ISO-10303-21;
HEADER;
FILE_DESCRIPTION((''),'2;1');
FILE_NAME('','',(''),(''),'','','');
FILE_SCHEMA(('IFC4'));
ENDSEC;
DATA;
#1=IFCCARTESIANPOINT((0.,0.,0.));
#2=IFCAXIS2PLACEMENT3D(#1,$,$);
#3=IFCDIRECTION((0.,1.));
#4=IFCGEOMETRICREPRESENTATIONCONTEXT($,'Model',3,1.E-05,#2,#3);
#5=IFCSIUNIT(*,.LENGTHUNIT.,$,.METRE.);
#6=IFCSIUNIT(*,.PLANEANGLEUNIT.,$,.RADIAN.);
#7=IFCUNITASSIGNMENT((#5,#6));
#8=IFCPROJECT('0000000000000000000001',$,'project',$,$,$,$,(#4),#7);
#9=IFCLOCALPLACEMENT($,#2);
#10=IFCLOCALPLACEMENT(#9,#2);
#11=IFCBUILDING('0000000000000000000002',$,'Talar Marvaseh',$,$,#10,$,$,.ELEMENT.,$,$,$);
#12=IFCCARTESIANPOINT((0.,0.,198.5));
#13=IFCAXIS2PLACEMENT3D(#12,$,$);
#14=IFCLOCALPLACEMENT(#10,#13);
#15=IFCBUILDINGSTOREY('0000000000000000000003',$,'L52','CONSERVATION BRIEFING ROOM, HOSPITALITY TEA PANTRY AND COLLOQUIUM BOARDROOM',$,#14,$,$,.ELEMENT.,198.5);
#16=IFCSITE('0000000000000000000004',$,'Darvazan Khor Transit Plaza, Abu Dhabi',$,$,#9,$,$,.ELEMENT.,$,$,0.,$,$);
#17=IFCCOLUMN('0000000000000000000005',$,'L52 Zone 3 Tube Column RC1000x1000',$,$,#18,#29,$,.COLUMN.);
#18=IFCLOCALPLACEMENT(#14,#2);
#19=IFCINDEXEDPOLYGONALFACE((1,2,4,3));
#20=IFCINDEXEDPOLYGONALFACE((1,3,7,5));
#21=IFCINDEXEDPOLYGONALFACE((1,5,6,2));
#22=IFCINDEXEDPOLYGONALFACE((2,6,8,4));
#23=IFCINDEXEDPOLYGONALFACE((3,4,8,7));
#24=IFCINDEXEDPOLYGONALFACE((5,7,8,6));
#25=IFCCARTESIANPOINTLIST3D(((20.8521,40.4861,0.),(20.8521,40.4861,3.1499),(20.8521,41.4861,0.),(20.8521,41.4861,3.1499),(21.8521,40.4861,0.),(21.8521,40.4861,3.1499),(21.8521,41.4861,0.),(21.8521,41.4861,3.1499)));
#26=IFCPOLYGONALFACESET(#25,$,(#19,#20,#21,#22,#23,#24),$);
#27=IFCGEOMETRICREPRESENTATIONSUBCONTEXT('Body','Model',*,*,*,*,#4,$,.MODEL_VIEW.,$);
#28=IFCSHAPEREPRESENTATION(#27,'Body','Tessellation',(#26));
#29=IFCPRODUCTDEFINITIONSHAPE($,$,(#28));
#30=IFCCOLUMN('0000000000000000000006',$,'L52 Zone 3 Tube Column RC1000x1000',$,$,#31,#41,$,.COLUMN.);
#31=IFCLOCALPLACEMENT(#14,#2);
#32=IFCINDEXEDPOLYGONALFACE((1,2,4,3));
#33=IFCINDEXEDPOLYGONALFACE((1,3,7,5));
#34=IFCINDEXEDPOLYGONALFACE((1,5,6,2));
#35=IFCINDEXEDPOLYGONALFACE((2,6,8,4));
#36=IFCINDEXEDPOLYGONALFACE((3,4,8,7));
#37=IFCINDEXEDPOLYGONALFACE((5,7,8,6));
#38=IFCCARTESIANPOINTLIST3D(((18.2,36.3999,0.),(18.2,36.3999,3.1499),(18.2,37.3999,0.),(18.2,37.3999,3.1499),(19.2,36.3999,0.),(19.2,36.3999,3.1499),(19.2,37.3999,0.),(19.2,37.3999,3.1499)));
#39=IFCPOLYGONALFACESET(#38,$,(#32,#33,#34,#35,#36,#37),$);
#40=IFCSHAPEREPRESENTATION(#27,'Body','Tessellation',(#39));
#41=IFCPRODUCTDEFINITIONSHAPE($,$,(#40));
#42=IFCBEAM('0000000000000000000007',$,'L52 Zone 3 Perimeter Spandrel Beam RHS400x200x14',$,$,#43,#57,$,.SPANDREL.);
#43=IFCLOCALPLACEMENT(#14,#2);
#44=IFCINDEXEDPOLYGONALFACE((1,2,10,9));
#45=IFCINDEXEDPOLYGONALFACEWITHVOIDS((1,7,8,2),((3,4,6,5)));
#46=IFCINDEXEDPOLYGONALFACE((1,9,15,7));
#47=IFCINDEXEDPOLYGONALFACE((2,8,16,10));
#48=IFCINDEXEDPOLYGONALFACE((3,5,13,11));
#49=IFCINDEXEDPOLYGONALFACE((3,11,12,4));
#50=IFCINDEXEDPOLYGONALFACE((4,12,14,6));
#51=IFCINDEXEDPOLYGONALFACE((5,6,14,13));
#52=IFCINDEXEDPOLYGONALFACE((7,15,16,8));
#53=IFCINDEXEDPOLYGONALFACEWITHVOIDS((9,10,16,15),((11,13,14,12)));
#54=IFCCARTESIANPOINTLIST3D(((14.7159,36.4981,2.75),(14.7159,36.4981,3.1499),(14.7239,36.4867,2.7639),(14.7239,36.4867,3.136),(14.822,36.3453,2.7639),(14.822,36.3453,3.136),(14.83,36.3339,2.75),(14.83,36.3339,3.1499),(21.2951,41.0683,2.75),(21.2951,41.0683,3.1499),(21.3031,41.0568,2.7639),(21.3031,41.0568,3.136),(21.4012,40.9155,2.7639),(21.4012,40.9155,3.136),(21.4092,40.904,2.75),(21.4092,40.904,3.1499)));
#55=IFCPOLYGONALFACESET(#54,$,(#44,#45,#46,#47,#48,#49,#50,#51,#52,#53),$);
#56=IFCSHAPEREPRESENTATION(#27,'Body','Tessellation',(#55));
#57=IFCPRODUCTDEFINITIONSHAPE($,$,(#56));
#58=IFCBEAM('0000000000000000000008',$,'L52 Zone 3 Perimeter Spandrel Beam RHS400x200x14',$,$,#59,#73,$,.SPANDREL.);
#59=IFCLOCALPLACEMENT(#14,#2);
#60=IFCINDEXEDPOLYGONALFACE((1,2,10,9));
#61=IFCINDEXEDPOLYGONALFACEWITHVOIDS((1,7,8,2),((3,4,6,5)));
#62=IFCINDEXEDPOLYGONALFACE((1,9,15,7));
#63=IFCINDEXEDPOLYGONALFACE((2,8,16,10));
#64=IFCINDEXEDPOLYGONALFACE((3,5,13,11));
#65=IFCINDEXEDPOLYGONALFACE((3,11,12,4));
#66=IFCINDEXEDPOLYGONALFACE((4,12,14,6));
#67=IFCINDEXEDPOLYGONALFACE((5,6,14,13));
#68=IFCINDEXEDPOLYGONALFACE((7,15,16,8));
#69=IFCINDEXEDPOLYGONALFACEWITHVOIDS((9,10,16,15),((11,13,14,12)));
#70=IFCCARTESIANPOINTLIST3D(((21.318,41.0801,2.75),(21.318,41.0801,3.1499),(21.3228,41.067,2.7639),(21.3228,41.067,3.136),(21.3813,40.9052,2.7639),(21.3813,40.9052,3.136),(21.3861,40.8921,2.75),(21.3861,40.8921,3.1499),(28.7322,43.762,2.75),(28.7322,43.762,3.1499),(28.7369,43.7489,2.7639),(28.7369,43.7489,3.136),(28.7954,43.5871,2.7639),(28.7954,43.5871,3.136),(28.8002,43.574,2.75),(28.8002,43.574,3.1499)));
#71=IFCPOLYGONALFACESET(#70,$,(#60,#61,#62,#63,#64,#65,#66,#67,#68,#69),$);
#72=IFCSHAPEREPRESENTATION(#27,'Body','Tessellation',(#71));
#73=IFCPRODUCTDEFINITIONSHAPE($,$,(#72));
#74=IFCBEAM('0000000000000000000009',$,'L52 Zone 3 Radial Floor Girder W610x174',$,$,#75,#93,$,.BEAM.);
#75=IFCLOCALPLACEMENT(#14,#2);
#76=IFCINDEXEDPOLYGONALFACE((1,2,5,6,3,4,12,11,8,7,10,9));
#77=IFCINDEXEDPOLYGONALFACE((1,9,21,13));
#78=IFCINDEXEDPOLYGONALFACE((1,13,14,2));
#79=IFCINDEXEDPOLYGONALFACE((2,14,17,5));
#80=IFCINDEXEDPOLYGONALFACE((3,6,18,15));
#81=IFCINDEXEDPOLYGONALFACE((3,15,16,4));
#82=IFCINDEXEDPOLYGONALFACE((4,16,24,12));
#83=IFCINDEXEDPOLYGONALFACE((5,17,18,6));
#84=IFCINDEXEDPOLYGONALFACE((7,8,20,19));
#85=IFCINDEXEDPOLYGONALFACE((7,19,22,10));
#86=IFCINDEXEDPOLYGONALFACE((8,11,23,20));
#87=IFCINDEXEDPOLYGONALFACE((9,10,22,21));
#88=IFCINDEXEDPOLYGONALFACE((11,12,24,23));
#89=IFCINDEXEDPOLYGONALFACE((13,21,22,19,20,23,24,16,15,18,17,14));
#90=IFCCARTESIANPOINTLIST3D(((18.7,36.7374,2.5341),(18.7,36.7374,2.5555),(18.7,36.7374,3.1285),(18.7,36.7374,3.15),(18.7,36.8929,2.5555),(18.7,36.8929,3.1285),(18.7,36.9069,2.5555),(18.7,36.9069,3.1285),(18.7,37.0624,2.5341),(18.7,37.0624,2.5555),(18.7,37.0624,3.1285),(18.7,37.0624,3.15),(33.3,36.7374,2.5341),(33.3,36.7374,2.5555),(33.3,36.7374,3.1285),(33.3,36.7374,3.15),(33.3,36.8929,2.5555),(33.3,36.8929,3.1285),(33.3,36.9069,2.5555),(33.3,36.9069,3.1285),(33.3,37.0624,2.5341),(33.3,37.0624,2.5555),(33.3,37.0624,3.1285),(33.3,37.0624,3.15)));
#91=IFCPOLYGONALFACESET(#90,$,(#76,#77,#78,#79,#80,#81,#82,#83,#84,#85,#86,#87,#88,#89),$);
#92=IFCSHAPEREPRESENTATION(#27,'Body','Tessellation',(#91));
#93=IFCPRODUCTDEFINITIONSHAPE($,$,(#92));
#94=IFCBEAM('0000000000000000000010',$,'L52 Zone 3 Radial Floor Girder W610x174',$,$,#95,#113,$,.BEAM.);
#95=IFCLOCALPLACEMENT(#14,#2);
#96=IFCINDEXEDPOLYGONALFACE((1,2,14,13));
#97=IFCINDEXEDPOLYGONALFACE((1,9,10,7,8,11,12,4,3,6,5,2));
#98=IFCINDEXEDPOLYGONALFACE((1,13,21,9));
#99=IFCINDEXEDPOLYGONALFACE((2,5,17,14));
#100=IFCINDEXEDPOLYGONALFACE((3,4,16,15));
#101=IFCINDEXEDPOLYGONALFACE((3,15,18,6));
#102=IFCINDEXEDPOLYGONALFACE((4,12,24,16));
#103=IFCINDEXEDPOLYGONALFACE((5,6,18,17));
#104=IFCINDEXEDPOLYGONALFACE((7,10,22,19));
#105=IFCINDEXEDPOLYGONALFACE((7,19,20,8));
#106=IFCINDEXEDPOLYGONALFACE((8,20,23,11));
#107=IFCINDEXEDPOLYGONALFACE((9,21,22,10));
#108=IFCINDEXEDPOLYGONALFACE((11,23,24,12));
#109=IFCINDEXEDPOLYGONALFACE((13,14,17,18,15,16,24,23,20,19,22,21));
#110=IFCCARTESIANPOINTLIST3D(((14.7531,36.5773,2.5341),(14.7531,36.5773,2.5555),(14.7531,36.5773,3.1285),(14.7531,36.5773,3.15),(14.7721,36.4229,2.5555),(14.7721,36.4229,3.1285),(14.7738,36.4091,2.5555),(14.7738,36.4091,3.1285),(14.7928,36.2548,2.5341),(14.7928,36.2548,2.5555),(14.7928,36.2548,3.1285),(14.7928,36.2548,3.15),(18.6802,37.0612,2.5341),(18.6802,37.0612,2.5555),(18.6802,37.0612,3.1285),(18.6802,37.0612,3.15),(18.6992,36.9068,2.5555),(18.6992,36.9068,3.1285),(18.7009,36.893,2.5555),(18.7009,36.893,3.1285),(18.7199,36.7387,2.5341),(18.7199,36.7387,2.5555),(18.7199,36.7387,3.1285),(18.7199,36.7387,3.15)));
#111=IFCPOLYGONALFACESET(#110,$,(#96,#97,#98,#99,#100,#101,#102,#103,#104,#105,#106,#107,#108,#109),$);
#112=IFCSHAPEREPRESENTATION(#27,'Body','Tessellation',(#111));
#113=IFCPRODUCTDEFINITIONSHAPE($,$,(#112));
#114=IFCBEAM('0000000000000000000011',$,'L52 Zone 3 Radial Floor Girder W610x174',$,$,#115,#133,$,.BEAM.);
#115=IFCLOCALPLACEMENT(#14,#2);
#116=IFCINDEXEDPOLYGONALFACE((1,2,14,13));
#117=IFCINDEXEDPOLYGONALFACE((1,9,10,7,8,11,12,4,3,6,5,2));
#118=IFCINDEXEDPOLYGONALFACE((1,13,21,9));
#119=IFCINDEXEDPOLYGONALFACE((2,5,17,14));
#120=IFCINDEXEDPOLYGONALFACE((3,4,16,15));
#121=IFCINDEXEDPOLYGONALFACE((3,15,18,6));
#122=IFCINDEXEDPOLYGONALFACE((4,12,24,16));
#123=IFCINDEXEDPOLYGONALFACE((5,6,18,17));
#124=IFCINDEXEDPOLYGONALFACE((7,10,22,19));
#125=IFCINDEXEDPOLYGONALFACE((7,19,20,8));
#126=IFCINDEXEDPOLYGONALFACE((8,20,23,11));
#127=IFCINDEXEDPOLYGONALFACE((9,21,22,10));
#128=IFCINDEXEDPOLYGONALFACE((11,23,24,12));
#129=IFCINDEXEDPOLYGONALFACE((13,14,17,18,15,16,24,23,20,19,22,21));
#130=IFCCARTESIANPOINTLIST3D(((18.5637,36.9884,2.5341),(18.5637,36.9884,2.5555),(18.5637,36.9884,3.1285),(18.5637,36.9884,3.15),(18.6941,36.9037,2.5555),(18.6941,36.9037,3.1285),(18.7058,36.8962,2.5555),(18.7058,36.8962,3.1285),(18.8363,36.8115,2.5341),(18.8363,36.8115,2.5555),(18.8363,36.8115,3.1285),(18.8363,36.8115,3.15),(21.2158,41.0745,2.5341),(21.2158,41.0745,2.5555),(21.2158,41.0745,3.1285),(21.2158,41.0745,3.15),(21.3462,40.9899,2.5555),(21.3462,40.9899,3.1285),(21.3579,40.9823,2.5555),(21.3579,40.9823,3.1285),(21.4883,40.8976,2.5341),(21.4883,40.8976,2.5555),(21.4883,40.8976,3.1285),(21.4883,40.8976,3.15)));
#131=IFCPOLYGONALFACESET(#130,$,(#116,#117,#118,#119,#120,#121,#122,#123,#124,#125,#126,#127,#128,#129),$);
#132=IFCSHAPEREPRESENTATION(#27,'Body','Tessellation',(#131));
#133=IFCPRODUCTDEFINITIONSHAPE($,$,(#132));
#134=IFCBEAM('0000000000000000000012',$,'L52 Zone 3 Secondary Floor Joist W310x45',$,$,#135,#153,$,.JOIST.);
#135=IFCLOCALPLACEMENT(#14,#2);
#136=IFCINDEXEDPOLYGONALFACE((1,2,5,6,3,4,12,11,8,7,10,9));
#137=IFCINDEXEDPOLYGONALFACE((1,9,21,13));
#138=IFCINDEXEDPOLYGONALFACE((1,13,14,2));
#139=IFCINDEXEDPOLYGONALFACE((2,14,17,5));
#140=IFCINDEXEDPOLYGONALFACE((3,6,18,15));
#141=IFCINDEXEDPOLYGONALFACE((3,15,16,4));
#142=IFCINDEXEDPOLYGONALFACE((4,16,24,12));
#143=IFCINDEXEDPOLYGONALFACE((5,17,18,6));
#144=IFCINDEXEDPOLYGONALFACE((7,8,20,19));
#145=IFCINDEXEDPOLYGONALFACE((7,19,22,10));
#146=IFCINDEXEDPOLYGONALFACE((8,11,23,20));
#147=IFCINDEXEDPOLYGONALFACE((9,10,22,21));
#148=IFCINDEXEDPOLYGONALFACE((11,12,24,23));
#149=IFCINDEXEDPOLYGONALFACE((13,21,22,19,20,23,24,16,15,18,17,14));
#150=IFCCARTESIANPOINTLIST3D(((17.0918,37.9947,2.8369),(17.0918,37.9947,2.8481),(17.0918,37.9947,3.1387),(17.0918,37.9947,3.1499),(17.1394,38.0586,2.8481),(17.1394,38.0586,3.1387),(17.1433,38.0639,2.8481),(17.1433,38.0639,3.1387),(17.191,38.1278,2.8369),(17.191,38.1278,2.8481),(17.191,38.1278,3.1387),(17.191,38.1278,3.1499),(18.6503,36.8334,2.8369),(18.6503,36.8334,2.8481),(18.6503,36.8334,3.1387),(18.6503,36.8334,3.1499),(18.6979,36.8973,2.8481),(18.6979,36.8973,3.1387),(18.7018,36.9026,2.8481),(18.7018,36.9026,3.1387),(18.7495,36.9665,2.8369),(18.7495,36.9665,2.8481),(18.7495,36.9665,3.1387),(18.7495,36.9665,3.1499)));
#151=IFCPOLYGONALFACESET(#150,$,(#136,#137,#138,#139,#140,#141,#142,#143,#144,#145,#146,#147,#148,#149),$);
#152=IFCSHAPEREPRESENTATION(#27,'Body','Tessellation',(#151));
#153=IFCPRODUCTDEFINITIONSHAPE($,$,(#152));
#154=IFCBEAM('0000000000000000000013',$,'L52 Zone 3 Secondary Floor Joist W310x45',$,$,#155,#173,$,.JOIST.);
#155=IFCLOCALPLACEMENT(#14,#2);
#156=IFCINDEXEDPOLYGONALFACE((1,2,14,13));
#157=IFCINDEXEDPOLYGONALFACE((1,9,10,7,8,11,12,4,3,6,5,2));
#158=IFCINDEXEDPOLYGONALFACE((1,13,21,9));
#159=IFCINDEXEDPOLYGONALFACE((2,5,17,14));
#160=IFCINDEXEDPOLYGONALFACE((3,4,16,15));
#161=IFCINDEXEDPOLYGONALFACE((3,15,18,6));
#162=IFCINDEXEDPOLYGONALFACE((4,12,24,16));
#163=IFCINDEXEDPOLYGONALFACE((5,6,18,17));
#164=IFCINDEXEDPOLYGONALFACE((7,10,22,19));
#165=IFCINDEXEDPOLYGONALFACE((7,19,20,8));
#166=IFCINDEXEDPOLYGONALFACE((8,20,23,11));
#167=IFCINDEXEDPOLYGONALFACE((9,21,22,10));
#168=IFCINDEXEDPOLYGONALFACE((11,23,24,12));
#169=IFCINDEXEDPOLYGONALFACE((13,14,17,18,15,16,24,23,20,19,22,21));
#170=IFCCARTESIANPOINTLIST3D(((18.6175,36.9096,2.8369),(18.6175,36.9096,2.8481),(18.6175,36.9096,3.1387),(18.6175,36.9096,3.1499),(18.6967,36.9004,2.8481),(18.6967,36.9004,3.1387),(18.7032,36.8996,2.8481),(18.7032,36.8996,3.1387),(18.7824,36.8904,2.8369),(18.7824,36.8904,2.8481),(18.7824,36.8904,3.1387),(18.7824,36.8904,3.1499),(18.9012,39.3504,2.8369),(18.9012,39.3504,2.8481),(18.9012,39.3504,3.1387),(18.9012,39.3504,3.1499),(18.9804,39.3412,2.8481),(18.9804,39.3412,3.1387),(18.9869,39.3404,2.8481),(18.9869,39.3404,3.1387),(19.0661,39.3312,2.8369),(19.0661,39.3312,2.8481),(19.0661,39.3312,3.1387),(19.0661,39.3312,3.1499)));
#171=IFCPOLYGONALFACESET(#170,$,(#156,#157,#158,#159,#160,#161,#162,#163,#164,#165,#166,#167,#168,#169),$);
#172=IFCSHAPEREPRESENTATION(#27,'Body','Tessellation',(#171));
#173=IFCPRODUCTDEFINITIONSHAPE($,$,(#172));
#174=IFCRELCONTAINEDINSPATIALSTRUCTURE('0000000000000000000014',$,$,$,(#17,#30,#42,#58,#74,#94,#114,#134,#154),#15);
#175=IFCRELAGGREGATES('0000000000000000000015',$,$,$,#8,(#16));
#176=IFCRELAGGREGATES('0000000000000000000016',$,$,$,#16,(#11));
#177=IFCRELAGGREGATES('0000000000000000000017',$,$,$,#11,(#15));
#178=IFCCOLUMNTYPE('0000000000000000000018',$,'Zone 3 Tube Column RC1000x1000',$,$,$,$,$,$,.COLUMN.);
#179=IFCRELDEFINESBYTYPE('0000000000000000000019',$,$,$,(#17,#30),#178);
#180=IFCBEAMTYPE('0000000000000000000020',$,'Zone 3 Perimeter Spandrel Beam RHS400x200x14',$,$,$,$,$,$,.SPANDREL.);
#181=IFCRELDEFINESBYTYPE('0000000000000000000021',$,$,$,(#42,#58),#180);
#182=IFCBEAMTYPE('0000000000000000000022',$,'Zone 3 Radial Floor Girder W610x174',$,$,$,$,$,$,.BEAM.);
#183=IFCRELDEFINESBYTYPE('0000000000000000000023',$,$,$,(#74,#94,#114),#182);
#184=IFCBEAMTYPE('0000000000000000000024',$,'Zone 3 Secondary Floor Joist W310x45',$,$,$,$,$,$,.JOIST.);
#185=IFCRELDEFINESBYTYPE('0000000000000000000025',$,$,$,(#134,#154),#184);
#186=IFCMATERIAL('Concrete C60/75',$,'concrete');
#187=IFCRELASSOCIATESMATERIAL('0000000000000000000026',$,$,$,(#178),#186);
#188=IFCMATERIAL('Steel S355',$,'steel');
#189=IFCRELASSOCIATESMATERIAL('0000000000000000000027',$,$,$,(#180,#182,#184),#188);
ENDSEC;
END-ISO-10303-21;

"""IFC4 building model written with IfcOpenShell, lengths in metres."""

from ifc_helpers import new_model, si_unit, direction, frame, origin, origin_2d, place, context, subcontext, project, spatial, rectangle, hollow_rectangle, i_section, extrude, material, material_profile, profile_set, type_object, element, save


model = new_model("IFC4")

# Units and contexts
model_context = context("Model", 3, precision=1e-05, world=origin(), true_north=direction((0.0, 1.0)))
body_context = subcontext(model_context, "Body", "Model", "MODEL_VIEW")
ifc_project = project(units=[si_unit("LENGTHUNIT", "METRE"), si_unit("PLANEANGLEUNIT", "RADIAN")], contexts=[model_context])

# Site, building, storey
site_placement = place(None, origin())
site = spatial("IfcSite", under=ifc_project, at=site_placement, Name="Darvazan Khor Transit Plaza, Abu Dhabi", CompositionType="ELEMENT", RefElevation=0.0)
building_placement = place(site_placement, origin())
building = spatial("IfcBuilding", under=site, at=building_placement, Name="Talar Marvaseh", CompositionType="ELEMENT")
storey_placement = place(building_placement, frame((0.0, 0.0, 198.5)))
storey = spatial("IfcBuildingStorey", under=building, at=storey_placement, Name="L52", Description="CONSERVATION BRIEFING ROOM, HOSPITALITY TEA PANTRY AND COLLOQUIUM BOARDROOM", CompositionType="ELEMENT", Elevation=198.5)

# Columns
ifc_material_1 = material(Name="Concrete C60/75", Category="concrete")
ifc_material_profile_1 = material_profile(ifc_material_1, rectangle(XDim=1.0, YDim=1.0, at=origin_2d()), Name="RC1000x1000")
ifc_profile_set_1 = profile_set([ifc_material_profile_1], Name="Concrete C60/75")
column_type = type_object("IfcColumnType", Name="Zone 3 Tube Column RC1000x1000", PredefinedType="COLUMN", material=ifc_profile_set_1)
for number, where, z_axis, x_axis, name in (
    (1, (21.3521, 40.9861, 0.0), (0.0, 0.0, 1.0), (1.0, 0.0, 0.0), "L52 Zone 3 Tube Column RC1000x1000"),
    (2, (18.7, 36.8999, 0.0), (0.0, 0.0, 1.0), (1.0, 0.0, 0.0), "L52 Zone 3 Tube Column RC1000x1000"),
):
    element("IfcColumn", number, at=place(storey_placement, frame(where, z_axis=z_axis, x_axis=x_axis)), inside=storey, type_object=column_type, Name=name, PredefinedType="COLUMN", context=body_context, shape_type="SweptSolid", body=[
        extrude(rectangle(XDim=1.0, YDim=1.0, at=origin_2d()), origin(), (0.0, 0.0, 1.0), 3.1499),
    ])

# Beams
ifc_material_2 = material(Name="Steel S355", Category="steel")
ifc_material_profile_2 = material_profile(ifc_material_2, hollow_rectangle(XDim=0.2, YDim=0.3999, WallThickness=0.0139, at=origin_2d()), Name="RHS400x200x14")
ifc_profile_set_2 = profile_set([ifc_material_profile_2], Name="Steel S355")
beam_type_1 = type_object("IfcBeamType", Name="Zone 3 Perimeter Spandrel Beam RHS400x200x14", PredefinedType="SPANDREL", material=ifc_profile_set_2)
beam_1_placement = place(storey_placement, frame((14.7729, 36.416, 2.95), z_axis=(0.821297, 0.570501, 0.0), x_axis=(-0.570501, 0.821297, 0.0)))
element("IfcBeam", 3, at=beam_1_placement, inside=storey, type_object=beam_type_1, Name="L52 Zone 3 Perimeter Spandrel Beam RHS400x200x14", PredefinedType="SPANDREL", context=body_context, shape_type="SweptSolid", body=[
    extrude(hollow_rectangle(XDim=0.2, YDim=0.3999, WallThickness=0.0139, at=origin_2d()), origin(), (0.0, 0.0, 1.0), 8.0107),
])
beam_2_placement = place(storey_placement, frame((21.3521, 40.9861, 2.95), z_axis=(0.940368, 0.340159, 0.0), x_axis=(-0.340159, 0.940368, 0.0)))
element("IfcBeam", 4, at=beam_2_placement, inside=storey, type_object=beam_type_1, Name="L52 Zone 3 Perimeter Spandrel Beam RHS400x200x14", PredefinedType="SPANDREL", context=body_context, shape_type="SweptSolid", body=[
    extrude(hollow_rectangle(XDim=0.2, YDim=0.3999, WallThickness=0.0139, at=origin_2d()), origin(), (0.0, 0.0, 1.0), 7.8843),
])
ifc_material_profile_3 = material_profile(ifc_material_2, i_section(OverallWidth=0.325, OverallDepth=0.616, WebThickness=0.0139, FlangeThickness=0.0215, at=origin_2d()), Name="W610x174")
ifc_profile_set_3 = profile_set([ifc_material_profile_3], Name="Steel S355")
beam_type_2 = type_object("IfcBeamType", Name="Zone 3 Radial Floor Girder W610x174", PredefinedType="BEAM", material=ifc_profile_set_3)
beam_3_placement = place(storey_placement, frame((18.7, 36.8999, 2.842), z_axis=(1.0, 0.0, 0.0), x_axis=(0.0, 1.0, 0.0)))
element("IfcBeam", 5, at=beam_3_placement, inside=storey, type_object=beam_type_2, Name="L52 Zone 3 Radial Floor Girder W610x174", PredefinedType="BEAM", context=body_context, shape_type="SweptSolid", body=[
    extrude(i_section(OverallWidth=0.325, OverallDepth=0.616, WebThickness=0.0139, FlangeThickness=0.0215, at=origin_2d()), origin(), (0.0, 0.0, 1.0), 14.6001),
])
beam_4_placement = place(storey_placement, frame((14.7729, 36.416, 2.842), z_axis=(0.992494, 0.122295, 0.0), x_axis=(-0.122295, 0.992494, 0.0)))
element("IfcBeam", 6, at=beam_4_placement, inside=storey, type_object=beam_type_2, Name="L52 Zone 3 Radial Floor Girder W610x174", PredefinedType="BEAM", context=body_context, shape_type="SweptSolid", body=[
    extrude(i_section(OverallWidth=0.325, OverallDepth=0.616, WebThickness=0.0139, FlangeThickness=0.0215, at=origin_2d()), origin(), (0.0, 0.0, 1.0), 3.9568),
])
beam_5_placement = place(storey_placement, frame((21.3521, 40.9861, 2.842), z_axis=(-0.544423, -0.838811, 0.0), x_axis=(0.838811, -0.544423, 0.0)))
element("IfcBeam", 7, at=beam_5_placement, inside=storey, type_object=beam_type_2, Name="L52 Zone 3 Radial Floor Girder W610x174", PredefinedType="BEAM", context=body_context, shape_type="SweptSolid", body=[
    extrude(i_section(OverallWidth=0.325, OverallDepth=0.616, WebThickness=0.0139, FlangeThickness=0.0215, at=origin_2d()), origin(), (0.0, 0.0, 1.0), 4.8713),
])
ifc_material_profile_4 = material_profile(ifc_material_2, i_section(OverallWidth=0.166, OverallDepth=0.313, WebThickness=0.0066, FlangeThickness=0.0112, at=origin_2d()), Name="W310x45")
ifc_profile_set_4 = profile_set([ifc_material_profile_4], Name="Steel S355")
beam_type_3 = type_object("IfcBeamType", Name="Zone 3 Secondary Floor Joist W310x45", PredefinedType="JOIST", material=ifc_profile_set_4)
beam_6_placement = place(storey_placement, frame((17.1414, 38.0613, 2.9934), z_axis=(0.801865, -0.597505, 0.0), x_axis=(0.597505, 0.801865, 0.0)))
element("IfcBeam", 8, at=beam_6_placement, inside=storey, type_object=beam_type_3, Name="L52 Zone 3 Secondary Floor Joist W310x45", PredefinedType="JOIST", context=body_context, shape_type="SweptSolid", body=[
    extrude(i_section(OverallWidth=0.166, OverallDepth=0.313, WebThickness=0.0066, FlangeThickness=0.0112, at=origin_2d()), origin(), (0.0, 0.0, 1.0), 1.9436),
])
beam_7_placement = place(storey_placement, frame((18.9836, 39.3408, 2.9934), z_axis=(-0.115446, -0.993314, 0.0), x_axis=(0.993314, -0.115446, 0.0)))
element("IfcBeam", 9, at=beam_7_placement, inside=storey, type_object=beam_type_3, Name="L52 Zone 3 Secondary Floor Joist W310x45", PredefinedType="JOIST", context=body_context, shape_type="SweptSolid", body=[
    extrude(i_section(OverallWidth=0.166, OverallDepth=0.313, WebThickness=0.0066, FlangeThickness=0.0112, at=origin_2d()), origin(), (0.0, 0.0, 1.0), 2.4573),
])

save(model, "model.ifc")
